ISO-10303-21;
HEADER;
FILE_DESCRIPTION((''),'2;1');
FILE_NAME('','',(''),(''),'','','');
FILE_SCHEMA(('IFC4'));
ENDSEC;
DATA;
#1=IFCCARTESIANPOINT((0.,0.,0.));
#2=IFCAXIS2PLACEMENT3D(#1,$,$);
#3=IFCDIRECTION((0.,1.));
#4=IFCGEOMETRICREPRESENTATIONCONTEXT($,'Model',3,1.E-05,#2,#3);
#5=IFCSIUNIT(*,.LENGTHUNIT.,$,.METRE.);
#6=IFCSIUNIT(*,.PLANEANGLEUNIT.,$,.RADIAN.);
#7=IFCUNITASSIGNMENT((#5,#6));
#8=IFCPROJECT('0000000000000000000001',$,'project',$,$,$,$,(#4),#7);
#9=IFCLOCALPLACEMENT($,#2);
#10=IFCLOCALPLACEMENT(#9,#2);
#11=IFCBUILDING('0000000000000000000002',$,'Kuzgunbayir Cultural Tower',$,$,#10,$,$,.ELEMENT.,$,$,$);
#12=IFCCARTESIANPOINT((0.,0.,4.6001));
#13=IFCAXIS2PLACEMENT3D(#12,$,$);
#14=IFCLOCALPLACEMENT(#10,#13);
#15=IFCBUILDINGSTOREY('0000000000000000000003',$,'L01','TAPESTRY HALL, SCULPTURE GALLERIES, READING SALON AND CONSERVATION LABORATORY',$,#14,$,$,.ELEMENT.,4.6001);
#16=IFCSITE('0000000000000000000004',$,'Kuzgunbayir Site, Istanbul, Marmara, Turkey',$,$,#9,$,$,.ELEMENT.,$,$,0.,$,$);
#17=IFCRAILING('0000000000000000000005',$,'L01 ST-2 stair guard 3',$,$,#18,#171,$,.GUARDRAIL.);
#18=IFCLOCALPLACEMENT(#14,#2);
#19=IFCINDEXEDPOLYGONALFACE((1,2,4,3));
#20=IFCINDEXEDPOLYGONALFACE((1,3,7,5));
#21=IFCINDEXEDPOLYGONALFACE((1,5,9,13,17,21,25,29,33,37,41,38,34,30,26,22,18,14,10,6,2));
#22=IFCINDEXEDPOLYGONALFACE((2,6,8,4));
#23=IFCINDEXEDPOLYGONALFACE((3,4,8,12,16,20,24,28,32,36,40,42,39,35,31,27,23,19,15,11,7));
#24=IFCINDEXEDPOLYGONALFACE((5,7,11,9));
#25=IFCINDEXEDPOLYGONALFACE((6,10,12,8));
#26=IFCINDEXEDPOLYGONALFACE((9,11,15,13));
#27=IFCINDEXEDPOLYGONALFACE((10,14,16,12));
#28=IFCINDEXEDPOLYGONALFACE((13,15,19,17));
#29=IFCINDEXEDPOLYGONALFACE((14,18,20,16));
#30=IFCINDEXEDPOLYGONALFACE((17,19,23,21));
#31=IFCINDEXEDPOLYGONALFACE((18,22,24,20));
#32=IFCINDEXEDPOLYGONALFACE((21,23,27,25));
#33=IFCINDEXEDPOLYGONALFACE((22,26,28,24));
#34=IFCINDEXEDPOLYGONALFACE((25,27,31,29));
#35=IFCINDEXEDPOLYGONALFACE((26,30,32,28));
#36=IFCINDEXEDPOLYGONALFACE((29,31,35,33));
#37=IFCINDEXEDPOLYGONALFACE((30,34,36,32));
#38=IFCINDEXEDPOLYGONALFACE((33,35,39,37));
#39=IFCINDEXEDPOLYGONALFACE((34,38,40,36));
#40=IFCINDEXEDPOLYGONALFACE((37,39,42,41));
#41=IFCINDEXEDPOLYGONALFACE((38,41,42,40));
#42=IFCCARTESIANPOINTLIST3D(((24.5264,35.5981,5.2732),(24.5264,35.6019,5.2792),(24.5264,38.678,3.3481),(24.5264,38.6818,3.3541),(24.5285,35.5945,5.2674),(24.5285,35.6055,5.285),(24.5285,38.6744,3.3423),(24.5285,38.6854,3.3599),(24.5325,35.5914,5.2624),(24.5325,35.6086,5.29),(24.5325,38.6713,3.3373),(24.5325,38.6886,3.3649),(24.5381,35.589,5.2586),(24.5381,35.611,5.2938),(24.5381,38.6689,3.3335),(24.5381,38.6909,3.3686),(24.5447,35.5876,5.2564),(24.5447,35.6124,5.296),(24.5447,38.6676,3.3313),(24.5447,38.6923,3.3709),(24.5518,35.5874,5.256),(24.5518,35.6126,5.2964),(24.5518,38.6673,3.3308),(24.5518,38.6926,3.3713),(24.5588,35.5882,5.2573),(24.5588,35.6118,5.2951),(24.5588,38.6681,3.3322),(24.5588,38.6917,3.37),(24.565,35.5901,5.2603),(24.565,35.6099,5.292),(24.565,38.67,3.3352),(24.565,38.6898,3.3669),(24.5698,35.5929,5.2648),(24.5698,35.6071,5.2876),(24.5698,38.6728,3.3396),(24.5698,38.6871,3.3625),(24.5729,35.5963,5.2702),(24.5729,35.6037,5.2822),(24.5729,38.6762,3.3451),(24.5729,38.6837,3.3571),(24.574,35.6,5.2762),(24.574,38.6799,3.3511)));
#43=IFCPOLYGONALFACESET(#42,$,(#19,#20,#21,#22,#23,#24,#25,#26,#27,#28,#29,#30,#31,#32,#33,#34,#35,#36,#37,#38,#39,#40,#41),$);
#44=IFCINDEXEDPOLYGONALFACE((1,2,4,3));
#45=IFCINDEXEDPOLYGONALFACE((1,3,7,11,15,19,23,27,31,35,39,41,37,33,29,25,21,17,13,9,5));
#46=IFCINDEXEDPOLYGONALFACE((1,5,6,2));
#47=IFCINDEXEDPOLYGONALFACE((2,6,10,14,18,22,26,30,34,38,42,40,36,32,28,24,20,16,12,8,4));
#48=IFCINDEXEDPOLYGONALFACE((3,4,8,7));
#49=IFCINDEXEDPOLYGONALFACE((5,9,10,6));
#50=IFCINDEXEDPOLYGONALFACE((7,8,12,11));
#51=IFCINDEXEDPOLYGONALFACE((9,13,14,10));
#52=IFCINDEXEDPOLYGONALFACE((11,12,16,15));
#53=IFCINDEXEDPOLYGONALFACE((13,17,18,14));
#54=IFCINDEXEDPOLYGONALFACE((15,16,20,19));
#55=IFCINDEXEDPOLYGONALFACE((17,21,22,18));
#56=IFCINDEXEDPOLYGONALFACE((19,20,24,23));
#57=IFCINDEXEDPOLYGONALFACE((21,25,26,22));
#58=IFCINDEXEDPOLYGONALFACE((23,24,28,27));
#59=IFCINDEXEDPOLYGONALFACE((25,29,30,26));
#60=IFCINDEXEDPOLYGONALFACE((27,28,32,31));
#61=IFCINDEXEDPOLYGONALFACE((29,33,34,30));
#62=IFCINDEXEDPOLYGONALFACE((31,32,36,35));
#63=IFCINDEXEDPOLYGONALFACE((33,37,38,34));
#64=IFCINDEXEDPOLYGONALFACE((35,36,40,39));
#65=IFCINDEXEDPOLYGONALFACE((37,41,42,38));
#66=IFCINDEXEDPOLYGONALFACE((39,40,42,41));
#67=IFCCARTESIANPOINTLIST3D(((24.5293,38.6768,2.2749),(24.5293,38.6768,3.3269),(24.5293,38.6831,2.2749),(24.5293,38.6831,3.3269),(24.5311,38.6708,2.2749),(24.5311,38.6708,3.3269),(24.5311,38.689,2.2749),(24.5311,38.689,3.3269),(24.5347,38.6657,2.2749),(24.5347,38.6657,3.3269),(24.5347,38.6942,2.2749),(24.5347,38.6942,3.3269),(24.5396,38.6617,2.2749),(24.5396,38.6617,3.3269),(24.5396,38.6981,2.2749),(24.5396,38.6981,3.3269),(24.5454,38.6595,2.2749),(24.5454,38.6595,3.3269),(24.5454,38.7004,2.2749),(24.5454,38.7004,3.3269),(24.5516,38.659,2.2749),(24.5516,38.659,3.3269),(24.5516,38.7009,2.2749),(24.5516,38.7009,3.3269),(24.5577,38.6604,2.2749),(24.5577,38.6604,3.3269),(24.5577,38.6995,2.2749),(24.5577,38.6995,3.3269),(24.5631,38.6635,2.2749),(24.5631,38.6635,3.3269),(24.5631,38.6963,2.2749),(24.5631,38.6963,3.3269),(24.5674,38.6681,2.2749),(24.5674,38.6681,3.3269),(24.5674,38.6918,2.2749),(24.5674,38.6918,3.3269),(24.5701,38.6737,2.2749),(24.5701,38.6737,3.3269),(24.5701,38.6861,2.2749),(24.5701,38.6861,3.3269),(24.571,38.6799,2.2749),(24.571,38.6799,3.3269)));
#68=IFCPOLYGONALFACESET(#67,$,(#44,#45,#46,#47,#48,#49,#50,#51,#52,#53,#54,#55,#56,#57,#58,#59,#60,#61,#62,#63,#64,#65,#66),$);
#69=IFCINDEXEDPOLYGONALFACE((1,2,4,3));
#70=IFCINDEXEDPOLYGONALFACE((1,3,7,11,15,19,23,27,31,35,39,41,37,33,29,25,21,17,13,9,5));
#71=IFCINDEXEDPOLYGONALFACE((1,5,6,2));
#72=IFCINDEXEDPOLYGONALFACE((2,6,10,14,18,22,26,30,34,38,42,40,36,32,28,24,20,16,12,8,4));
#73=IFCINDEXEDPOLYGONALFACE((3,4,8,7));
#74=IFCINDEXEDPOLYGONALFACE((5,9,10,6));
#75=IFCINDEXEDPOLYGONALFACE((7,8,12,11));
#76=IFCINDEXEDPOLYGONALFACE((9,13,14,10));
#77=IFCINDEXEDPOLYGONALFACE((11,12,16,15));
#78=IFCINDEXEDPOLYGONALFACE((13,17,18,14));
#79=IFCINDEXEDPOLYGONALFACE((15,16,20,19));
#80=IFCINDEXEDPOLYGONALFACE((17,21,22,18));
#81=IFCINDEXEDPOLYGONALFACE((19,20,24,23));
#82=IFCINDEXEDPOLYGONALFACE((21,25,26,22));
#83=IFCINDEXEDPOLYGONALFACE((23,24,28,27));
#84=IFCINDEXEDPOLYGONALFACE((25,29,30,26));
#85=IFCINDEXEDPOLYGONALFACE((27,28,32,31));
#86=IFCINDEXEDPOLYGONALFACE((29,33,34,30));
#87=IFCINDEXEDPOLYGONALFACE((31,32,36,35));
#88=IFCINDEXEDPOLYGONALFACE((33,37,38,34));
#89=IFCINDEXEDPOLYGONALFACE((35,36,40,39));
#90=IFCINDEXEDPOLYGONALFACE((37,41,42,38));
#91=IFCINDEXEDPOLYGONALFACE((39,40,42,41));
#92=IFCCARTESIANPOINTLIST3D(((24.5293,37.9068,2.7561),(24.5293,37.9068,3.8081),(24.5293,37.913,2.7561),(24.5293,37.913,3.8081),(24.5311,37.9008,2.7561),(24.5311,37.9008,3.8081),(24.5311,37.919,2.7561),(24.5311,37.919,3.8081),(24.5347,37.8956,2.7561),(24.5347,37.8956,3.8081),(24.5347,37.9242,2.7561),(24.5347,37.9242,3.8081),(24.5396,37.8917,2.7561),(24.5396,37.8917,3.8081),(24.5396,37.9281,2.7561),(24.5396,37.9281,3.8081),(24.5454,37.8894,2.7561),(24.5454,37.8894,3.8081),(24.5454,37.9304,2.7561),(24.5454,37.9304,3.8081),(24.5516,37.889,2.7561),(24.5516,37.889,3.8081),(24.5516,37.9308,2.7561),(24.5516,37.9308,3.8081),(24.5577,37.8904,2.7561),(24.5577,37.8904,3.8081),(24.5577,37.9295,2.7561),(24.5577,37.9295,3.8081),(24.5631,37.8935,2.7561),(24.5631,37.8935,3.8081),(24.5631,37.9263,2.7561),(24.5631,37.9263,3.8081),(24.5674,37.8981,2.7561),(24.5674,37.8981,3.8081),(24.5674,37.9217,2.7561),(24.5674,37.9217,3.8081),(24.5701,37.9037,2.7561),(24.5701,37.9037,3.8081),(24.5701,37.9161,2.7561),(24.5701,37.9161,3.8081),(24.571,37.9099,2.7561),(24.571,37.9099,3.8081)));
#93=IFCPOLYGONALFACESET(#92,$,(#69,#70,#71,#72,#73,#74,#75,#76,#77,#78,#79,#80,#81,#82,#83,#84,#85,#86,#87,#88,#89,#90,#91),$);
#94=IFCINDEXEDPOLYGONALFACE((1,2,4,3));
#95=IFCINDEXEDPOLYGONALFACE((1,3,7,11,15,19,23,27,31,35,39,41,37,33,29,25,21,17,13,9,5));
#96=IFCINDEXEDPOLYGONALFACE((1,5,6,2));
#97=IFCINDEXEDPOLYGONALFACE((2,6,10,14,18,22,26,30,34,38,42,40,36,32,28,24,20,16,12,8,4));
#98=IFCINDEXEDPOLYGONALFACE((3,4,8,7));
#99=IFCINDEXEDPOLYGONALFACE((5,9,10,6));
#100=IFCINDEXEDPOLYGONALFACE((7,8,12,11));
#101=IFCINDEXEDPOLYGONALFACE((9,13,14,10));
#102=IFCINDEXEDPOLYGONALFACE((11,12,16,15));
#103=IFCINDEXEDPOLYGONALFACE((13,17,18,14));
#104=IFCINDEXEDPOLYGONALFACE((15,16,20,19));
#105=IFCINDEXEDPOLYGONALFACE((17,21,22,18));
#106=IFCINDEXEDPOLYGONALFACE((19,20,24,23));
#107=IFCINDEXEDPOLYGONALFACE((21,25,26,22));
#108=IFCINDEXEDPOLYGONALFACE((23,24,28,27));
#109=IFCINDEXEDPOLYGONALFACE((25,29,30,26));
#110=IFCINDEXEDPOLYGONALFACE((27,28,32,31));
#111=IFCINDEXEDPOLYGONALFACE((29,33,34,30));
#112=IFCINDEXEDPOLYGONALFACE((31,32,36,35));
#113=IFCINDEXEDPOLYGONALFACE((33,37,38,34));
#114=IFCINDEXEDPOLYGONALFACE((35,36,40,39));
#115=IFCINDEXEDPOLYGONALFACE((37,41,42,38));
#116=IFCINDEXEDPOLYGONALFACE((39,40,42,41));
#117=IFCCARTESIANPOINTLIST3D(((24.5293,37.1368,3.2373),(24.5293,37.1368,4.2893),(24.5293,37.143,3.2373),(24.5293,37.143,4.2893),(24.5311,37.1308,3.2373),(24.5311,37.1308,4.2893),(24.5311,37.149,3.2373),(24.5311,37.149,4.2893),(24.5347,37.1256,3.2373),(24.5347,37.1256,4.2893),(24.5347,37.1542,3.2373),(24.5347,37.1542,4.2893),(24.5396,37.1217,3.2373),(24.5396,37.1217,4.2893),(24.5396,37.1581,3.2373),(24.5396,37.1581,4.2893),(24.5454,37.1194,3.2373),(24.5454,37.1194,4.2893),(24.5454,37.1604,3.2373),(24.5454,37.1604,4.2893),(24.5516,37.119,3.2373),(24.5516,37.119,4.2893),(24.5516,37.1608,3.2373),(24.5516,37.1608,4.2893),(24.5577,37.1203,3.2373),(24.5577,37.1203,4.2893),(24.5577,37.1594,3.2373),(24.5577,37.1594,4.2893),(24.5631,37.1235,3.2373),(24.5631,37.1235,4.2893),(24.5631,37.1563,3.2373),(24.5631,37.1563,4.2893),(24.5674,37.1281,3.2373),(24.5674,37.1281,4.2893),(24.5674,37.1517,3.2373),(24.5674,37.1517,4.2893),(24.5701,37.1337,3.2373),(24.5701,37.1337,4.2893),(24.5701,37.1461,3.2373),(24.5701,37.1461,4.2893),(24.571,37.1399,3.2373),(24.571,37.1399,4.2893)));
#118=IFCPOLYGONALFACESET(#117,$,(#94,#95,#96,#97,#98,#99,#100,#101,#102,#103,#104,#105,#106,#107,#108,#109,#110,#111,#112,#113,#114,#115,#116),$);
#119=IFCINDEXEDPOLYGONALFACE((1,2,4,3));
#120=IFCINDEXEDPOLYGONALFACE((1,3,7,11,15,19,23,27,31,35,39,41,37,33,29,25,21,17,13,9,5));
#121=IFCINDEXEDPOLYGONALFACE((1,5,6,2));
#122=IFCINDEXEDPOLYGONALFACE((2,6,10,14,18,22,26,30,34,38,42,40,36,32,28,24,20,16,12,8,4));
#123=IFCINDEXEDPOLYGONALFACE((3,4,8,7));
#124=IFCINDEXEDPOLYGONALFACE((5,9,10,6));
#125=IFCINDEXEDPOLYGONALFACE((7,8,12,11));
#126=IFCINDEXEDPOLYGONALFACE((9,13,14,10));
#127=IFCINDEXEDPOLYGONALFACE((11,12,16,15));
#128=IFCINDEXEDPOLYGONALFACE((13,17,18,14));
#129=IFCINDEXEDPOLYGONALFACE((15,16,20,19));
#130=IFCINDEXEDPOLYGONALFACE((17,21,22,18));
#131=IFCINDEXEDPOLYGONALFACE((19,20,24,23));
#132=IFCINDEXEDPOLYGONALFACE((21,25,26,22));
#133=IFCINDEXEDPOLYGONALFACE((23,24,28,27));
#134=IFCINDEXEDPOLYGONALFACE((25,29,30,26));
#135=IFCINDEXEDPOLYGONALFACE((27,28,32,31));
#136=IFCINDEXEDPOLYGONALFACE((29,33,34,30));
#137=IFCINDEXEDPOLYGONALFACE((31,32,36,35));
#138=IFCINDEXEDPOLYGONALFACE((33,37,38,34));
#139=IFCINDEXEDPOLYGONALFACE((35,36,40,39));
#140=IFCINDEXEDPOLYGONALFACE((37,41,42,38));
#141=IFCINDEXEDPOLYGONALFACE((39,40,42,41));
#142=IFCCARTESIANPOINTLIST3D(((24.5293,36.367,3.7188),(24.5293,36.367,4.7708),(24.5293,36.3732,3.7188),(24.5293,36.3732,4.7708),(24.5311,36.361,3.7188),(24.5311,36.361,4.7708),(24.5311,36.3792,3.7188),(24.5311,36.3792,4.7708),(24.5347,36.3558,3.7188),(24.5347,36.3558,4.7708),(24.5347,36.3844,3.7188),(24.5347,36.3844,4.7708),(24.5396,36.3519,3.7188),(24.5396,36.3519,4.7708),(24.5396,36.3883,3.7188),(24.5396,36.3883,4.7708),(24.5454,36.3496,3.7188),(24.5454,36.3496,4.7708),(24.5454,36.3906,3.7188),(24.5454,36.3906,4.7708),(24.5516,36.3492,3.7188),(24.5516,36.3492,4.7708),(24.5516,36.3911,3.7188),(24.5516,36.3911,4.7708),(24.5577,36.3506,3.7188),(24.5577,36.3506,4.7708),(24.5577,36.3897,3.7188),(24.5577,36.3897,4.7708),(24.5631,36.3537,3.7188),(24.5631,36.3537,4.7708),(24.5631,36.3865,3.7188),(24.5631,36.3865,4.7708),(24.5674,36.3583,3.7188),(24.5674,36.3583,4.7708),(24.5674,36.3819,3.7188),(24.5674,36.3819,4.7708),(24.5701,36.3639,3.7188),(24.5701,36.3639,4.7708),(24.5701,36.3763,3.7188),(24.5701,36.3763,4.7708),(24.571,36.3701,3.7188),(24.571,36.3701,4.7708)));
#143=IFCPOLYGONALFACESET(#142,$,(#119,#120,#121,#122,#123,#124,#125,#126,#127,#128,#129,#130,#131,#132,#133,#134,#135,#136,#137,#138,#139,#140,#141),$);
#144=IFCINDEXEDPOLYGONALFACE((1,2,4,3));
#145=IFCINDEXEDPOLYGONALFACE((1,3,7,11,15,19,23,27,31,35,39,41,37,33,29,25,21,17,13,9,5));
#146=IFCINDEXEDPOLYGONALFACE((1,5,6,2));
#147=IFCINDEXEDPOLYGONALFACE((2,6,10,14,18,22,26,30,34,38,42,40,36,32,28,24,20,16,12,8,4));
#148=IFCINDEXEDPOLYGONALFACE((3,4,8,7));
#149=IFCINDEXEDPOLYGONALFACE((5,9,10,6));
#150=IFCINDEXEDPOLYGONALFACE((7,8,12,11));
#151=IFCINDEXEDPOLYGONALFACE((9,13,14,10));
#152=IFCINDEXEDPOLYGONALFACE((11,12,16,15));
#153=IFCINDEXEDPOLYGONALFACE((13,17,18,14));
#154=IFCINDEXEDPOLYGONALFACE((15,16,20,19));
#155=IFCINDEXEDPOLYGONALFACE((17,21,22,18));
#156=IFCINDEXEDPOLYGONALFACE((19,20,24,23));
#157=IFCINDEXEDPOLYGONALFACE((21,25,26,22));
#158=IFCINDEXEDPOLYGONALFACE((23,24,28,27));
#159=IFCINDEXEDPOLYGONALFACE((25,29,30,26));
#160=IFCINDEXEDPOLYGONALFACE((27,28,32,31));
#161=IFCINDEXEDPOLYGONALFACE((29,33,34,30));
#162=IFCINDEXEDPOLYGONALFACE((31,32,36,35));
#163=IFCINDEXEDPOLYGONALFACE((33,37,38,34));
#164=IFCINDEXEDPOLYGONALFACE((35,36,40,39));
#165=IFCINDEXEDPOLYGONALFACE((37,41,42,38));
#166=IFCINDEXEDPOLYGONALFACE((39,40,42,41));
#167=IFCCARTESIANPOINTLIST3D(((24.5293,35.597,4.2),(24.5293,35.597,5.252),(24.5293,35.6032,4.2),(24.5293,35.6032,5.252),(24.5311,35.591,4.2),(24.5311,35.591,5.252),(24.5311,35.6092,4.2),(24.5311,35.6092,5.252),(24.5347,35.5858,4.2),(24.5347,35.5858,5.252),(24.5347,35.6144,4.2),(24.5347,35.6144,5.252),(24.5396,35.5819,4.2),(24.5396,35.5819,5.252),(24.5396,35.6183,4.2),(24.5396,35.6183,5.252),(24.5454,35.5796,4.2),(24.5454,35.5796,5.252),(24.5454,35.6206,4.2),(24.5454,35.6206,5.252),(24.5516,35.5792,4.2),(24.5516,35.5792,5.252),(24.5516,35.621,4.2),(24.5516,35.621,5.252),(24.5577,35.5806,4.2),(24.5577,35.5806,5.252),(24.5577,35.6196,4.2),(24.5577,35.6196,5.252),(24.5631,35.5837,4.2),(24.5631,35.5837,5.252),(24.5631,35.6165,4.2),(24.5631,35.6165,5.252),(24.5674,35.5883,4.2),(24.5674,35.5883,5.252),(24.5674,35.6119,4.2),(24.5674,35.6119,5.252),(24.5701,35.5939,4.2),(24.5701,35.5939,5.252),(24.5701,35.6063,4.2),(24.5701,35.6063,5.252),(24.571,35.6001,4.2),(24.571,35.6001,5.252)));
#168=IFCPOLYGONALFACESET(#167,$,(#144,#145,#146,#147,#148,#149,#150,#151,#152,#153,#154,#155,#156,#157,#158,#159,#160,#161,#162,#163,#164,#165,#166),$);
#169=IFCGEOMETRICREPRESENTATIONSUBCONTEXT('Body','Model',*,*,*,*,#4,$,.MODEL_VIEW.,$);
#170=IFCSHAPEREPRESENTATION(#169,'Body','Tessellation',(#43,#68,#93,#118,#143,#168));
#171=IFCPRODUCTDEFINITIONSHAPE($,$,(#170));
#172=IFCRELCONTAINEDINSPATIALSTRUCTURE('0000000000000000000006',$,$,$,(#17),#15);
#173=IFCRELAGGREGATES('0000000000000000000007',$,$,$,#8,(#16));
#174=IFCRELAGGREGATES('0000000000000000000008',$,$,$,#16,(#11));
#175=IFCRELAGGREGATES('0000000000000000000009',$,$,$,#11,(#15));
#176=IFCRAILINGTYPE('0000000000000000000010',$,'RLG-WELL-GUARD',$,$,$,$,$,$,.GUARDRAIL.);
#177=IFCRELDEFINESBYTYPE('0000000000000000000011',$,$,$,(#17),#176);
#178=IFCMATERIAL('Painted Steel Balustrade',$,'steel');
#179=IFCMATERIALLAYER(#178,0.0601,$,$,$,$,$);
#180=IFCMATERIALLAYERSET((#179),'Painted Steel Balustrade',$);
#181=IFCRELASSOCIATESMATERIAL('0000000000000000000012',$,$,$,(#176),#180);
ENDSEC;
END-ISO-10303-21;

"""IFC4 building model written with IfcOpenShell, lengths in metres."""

from ifc_helpers import new_model, si_unit, direction, frame, origin, origin_2d, place, context, subcontext, project, spatial, circle, extrude, material, layer, layer_set, type_object, element, save


model = new_model("IFC4")

# Units and contexts
model_context = context("Model", 3, precision=1e-05, world=origin(), true_north=direction((0.0, 1.0)))
body_context = subcontext(model_context, "Body", "Model", "MODEL_VIEW")
ifc_project = project(units=[si_unit("LENGTHUNIT", "METRE"), si_unit("PLANEANGLEUNIT", "RADIAN")], contexts=[model_context])

# Site, building, storey
site_placement = place(None, origin())
site = spatial("IfcSite", under=ifc_project, at=site_placement, Name="Kuzgunbayir Site, Istanbul, Marmara, Turkey", CompositionType="ELEMENT", RefElevation=0.0)
building_placement = place(site_placement, origin())
building = spatial("IfcBuilding", under=site, at=building_placement, Name="Kuzgunbayir Cultural Tower", CompositionType="ELEMENT")
storey_placement = place(building_placement, frame((0.0, 0.0, 4.6001)))
storey = spatial("IfcBuildingStorey", under=building, at=storey_placement, Name="L01", Description="TAPESTRY HALL, SCULPTURE GALLERIES, READING SALON AND CONSERVATION LABORATORY", CompositionType="ELEMENT", Elevation=4.6001)

# Railing
ifc_material_1 = material(Name="Painted Steel Balustrade", Category="steel")
ifc_layer_1 = layer(ifc_material_1, 0.0601)
ifc_layer_set_1 = layer_set([ifc_layer_1], Name="Painted Steel Balustrade")
railing_type_1 = type_object("IfcRailingType", Name="RLG-WELL-GUARD", PredefinedType="GUARDRAIL", material=ifc_layer_set_1)
railing_1_placement = place(storey_placement, frame((24.55, 38.6799, 2.2749)))
element("IfcRailing", 1, at=railing_1_placement, inside=storey, type_object=railing_type_1, Name="L01 ST-2 stair guard 3", PredefinedType="GUARDRAIL", context=body_context, shape_type="SweptSolid", body=[
    extrude(circle(Radius=0.0239, at=origin_2d()), frame((0.0, 0.0, 1.0762), z_axis=(0.0, -0.847979, 0.530029), x_axis=(1.0, 0.0, 0.0)), (0.0, 0.0, 1.0), 3.6321),
    extrude(circle(Radius=0.021, at=origin_2d()), origin(), (0.0, 0.0, 1.0), 1.052),
    extrude(circle(Radius=0.021, at=origin_2d()), frame((0.0, -0.77, 0.4812)), (0.0, 0.0, 1.0), 1.052),
    extrude(circle(Radius=0.021, at=origin_2d()), frame((0.0, -1.54, 0.9624)), (0.0, 0.0, 1.0), 1.052),
    extrude(circle(Radius=0.021, at=origin_2d()), frame((0.0, -2.3098, 1.4438)), (0.0, 0.0, 1.0), 1.052),
    extrude(circle(Radius=0.021, at=origin_2d()), frame((0.0, -3.0798, 1.925)), (0.0, 0.0, 1.0), 1.052),
])

save(model, "model.ifc")
